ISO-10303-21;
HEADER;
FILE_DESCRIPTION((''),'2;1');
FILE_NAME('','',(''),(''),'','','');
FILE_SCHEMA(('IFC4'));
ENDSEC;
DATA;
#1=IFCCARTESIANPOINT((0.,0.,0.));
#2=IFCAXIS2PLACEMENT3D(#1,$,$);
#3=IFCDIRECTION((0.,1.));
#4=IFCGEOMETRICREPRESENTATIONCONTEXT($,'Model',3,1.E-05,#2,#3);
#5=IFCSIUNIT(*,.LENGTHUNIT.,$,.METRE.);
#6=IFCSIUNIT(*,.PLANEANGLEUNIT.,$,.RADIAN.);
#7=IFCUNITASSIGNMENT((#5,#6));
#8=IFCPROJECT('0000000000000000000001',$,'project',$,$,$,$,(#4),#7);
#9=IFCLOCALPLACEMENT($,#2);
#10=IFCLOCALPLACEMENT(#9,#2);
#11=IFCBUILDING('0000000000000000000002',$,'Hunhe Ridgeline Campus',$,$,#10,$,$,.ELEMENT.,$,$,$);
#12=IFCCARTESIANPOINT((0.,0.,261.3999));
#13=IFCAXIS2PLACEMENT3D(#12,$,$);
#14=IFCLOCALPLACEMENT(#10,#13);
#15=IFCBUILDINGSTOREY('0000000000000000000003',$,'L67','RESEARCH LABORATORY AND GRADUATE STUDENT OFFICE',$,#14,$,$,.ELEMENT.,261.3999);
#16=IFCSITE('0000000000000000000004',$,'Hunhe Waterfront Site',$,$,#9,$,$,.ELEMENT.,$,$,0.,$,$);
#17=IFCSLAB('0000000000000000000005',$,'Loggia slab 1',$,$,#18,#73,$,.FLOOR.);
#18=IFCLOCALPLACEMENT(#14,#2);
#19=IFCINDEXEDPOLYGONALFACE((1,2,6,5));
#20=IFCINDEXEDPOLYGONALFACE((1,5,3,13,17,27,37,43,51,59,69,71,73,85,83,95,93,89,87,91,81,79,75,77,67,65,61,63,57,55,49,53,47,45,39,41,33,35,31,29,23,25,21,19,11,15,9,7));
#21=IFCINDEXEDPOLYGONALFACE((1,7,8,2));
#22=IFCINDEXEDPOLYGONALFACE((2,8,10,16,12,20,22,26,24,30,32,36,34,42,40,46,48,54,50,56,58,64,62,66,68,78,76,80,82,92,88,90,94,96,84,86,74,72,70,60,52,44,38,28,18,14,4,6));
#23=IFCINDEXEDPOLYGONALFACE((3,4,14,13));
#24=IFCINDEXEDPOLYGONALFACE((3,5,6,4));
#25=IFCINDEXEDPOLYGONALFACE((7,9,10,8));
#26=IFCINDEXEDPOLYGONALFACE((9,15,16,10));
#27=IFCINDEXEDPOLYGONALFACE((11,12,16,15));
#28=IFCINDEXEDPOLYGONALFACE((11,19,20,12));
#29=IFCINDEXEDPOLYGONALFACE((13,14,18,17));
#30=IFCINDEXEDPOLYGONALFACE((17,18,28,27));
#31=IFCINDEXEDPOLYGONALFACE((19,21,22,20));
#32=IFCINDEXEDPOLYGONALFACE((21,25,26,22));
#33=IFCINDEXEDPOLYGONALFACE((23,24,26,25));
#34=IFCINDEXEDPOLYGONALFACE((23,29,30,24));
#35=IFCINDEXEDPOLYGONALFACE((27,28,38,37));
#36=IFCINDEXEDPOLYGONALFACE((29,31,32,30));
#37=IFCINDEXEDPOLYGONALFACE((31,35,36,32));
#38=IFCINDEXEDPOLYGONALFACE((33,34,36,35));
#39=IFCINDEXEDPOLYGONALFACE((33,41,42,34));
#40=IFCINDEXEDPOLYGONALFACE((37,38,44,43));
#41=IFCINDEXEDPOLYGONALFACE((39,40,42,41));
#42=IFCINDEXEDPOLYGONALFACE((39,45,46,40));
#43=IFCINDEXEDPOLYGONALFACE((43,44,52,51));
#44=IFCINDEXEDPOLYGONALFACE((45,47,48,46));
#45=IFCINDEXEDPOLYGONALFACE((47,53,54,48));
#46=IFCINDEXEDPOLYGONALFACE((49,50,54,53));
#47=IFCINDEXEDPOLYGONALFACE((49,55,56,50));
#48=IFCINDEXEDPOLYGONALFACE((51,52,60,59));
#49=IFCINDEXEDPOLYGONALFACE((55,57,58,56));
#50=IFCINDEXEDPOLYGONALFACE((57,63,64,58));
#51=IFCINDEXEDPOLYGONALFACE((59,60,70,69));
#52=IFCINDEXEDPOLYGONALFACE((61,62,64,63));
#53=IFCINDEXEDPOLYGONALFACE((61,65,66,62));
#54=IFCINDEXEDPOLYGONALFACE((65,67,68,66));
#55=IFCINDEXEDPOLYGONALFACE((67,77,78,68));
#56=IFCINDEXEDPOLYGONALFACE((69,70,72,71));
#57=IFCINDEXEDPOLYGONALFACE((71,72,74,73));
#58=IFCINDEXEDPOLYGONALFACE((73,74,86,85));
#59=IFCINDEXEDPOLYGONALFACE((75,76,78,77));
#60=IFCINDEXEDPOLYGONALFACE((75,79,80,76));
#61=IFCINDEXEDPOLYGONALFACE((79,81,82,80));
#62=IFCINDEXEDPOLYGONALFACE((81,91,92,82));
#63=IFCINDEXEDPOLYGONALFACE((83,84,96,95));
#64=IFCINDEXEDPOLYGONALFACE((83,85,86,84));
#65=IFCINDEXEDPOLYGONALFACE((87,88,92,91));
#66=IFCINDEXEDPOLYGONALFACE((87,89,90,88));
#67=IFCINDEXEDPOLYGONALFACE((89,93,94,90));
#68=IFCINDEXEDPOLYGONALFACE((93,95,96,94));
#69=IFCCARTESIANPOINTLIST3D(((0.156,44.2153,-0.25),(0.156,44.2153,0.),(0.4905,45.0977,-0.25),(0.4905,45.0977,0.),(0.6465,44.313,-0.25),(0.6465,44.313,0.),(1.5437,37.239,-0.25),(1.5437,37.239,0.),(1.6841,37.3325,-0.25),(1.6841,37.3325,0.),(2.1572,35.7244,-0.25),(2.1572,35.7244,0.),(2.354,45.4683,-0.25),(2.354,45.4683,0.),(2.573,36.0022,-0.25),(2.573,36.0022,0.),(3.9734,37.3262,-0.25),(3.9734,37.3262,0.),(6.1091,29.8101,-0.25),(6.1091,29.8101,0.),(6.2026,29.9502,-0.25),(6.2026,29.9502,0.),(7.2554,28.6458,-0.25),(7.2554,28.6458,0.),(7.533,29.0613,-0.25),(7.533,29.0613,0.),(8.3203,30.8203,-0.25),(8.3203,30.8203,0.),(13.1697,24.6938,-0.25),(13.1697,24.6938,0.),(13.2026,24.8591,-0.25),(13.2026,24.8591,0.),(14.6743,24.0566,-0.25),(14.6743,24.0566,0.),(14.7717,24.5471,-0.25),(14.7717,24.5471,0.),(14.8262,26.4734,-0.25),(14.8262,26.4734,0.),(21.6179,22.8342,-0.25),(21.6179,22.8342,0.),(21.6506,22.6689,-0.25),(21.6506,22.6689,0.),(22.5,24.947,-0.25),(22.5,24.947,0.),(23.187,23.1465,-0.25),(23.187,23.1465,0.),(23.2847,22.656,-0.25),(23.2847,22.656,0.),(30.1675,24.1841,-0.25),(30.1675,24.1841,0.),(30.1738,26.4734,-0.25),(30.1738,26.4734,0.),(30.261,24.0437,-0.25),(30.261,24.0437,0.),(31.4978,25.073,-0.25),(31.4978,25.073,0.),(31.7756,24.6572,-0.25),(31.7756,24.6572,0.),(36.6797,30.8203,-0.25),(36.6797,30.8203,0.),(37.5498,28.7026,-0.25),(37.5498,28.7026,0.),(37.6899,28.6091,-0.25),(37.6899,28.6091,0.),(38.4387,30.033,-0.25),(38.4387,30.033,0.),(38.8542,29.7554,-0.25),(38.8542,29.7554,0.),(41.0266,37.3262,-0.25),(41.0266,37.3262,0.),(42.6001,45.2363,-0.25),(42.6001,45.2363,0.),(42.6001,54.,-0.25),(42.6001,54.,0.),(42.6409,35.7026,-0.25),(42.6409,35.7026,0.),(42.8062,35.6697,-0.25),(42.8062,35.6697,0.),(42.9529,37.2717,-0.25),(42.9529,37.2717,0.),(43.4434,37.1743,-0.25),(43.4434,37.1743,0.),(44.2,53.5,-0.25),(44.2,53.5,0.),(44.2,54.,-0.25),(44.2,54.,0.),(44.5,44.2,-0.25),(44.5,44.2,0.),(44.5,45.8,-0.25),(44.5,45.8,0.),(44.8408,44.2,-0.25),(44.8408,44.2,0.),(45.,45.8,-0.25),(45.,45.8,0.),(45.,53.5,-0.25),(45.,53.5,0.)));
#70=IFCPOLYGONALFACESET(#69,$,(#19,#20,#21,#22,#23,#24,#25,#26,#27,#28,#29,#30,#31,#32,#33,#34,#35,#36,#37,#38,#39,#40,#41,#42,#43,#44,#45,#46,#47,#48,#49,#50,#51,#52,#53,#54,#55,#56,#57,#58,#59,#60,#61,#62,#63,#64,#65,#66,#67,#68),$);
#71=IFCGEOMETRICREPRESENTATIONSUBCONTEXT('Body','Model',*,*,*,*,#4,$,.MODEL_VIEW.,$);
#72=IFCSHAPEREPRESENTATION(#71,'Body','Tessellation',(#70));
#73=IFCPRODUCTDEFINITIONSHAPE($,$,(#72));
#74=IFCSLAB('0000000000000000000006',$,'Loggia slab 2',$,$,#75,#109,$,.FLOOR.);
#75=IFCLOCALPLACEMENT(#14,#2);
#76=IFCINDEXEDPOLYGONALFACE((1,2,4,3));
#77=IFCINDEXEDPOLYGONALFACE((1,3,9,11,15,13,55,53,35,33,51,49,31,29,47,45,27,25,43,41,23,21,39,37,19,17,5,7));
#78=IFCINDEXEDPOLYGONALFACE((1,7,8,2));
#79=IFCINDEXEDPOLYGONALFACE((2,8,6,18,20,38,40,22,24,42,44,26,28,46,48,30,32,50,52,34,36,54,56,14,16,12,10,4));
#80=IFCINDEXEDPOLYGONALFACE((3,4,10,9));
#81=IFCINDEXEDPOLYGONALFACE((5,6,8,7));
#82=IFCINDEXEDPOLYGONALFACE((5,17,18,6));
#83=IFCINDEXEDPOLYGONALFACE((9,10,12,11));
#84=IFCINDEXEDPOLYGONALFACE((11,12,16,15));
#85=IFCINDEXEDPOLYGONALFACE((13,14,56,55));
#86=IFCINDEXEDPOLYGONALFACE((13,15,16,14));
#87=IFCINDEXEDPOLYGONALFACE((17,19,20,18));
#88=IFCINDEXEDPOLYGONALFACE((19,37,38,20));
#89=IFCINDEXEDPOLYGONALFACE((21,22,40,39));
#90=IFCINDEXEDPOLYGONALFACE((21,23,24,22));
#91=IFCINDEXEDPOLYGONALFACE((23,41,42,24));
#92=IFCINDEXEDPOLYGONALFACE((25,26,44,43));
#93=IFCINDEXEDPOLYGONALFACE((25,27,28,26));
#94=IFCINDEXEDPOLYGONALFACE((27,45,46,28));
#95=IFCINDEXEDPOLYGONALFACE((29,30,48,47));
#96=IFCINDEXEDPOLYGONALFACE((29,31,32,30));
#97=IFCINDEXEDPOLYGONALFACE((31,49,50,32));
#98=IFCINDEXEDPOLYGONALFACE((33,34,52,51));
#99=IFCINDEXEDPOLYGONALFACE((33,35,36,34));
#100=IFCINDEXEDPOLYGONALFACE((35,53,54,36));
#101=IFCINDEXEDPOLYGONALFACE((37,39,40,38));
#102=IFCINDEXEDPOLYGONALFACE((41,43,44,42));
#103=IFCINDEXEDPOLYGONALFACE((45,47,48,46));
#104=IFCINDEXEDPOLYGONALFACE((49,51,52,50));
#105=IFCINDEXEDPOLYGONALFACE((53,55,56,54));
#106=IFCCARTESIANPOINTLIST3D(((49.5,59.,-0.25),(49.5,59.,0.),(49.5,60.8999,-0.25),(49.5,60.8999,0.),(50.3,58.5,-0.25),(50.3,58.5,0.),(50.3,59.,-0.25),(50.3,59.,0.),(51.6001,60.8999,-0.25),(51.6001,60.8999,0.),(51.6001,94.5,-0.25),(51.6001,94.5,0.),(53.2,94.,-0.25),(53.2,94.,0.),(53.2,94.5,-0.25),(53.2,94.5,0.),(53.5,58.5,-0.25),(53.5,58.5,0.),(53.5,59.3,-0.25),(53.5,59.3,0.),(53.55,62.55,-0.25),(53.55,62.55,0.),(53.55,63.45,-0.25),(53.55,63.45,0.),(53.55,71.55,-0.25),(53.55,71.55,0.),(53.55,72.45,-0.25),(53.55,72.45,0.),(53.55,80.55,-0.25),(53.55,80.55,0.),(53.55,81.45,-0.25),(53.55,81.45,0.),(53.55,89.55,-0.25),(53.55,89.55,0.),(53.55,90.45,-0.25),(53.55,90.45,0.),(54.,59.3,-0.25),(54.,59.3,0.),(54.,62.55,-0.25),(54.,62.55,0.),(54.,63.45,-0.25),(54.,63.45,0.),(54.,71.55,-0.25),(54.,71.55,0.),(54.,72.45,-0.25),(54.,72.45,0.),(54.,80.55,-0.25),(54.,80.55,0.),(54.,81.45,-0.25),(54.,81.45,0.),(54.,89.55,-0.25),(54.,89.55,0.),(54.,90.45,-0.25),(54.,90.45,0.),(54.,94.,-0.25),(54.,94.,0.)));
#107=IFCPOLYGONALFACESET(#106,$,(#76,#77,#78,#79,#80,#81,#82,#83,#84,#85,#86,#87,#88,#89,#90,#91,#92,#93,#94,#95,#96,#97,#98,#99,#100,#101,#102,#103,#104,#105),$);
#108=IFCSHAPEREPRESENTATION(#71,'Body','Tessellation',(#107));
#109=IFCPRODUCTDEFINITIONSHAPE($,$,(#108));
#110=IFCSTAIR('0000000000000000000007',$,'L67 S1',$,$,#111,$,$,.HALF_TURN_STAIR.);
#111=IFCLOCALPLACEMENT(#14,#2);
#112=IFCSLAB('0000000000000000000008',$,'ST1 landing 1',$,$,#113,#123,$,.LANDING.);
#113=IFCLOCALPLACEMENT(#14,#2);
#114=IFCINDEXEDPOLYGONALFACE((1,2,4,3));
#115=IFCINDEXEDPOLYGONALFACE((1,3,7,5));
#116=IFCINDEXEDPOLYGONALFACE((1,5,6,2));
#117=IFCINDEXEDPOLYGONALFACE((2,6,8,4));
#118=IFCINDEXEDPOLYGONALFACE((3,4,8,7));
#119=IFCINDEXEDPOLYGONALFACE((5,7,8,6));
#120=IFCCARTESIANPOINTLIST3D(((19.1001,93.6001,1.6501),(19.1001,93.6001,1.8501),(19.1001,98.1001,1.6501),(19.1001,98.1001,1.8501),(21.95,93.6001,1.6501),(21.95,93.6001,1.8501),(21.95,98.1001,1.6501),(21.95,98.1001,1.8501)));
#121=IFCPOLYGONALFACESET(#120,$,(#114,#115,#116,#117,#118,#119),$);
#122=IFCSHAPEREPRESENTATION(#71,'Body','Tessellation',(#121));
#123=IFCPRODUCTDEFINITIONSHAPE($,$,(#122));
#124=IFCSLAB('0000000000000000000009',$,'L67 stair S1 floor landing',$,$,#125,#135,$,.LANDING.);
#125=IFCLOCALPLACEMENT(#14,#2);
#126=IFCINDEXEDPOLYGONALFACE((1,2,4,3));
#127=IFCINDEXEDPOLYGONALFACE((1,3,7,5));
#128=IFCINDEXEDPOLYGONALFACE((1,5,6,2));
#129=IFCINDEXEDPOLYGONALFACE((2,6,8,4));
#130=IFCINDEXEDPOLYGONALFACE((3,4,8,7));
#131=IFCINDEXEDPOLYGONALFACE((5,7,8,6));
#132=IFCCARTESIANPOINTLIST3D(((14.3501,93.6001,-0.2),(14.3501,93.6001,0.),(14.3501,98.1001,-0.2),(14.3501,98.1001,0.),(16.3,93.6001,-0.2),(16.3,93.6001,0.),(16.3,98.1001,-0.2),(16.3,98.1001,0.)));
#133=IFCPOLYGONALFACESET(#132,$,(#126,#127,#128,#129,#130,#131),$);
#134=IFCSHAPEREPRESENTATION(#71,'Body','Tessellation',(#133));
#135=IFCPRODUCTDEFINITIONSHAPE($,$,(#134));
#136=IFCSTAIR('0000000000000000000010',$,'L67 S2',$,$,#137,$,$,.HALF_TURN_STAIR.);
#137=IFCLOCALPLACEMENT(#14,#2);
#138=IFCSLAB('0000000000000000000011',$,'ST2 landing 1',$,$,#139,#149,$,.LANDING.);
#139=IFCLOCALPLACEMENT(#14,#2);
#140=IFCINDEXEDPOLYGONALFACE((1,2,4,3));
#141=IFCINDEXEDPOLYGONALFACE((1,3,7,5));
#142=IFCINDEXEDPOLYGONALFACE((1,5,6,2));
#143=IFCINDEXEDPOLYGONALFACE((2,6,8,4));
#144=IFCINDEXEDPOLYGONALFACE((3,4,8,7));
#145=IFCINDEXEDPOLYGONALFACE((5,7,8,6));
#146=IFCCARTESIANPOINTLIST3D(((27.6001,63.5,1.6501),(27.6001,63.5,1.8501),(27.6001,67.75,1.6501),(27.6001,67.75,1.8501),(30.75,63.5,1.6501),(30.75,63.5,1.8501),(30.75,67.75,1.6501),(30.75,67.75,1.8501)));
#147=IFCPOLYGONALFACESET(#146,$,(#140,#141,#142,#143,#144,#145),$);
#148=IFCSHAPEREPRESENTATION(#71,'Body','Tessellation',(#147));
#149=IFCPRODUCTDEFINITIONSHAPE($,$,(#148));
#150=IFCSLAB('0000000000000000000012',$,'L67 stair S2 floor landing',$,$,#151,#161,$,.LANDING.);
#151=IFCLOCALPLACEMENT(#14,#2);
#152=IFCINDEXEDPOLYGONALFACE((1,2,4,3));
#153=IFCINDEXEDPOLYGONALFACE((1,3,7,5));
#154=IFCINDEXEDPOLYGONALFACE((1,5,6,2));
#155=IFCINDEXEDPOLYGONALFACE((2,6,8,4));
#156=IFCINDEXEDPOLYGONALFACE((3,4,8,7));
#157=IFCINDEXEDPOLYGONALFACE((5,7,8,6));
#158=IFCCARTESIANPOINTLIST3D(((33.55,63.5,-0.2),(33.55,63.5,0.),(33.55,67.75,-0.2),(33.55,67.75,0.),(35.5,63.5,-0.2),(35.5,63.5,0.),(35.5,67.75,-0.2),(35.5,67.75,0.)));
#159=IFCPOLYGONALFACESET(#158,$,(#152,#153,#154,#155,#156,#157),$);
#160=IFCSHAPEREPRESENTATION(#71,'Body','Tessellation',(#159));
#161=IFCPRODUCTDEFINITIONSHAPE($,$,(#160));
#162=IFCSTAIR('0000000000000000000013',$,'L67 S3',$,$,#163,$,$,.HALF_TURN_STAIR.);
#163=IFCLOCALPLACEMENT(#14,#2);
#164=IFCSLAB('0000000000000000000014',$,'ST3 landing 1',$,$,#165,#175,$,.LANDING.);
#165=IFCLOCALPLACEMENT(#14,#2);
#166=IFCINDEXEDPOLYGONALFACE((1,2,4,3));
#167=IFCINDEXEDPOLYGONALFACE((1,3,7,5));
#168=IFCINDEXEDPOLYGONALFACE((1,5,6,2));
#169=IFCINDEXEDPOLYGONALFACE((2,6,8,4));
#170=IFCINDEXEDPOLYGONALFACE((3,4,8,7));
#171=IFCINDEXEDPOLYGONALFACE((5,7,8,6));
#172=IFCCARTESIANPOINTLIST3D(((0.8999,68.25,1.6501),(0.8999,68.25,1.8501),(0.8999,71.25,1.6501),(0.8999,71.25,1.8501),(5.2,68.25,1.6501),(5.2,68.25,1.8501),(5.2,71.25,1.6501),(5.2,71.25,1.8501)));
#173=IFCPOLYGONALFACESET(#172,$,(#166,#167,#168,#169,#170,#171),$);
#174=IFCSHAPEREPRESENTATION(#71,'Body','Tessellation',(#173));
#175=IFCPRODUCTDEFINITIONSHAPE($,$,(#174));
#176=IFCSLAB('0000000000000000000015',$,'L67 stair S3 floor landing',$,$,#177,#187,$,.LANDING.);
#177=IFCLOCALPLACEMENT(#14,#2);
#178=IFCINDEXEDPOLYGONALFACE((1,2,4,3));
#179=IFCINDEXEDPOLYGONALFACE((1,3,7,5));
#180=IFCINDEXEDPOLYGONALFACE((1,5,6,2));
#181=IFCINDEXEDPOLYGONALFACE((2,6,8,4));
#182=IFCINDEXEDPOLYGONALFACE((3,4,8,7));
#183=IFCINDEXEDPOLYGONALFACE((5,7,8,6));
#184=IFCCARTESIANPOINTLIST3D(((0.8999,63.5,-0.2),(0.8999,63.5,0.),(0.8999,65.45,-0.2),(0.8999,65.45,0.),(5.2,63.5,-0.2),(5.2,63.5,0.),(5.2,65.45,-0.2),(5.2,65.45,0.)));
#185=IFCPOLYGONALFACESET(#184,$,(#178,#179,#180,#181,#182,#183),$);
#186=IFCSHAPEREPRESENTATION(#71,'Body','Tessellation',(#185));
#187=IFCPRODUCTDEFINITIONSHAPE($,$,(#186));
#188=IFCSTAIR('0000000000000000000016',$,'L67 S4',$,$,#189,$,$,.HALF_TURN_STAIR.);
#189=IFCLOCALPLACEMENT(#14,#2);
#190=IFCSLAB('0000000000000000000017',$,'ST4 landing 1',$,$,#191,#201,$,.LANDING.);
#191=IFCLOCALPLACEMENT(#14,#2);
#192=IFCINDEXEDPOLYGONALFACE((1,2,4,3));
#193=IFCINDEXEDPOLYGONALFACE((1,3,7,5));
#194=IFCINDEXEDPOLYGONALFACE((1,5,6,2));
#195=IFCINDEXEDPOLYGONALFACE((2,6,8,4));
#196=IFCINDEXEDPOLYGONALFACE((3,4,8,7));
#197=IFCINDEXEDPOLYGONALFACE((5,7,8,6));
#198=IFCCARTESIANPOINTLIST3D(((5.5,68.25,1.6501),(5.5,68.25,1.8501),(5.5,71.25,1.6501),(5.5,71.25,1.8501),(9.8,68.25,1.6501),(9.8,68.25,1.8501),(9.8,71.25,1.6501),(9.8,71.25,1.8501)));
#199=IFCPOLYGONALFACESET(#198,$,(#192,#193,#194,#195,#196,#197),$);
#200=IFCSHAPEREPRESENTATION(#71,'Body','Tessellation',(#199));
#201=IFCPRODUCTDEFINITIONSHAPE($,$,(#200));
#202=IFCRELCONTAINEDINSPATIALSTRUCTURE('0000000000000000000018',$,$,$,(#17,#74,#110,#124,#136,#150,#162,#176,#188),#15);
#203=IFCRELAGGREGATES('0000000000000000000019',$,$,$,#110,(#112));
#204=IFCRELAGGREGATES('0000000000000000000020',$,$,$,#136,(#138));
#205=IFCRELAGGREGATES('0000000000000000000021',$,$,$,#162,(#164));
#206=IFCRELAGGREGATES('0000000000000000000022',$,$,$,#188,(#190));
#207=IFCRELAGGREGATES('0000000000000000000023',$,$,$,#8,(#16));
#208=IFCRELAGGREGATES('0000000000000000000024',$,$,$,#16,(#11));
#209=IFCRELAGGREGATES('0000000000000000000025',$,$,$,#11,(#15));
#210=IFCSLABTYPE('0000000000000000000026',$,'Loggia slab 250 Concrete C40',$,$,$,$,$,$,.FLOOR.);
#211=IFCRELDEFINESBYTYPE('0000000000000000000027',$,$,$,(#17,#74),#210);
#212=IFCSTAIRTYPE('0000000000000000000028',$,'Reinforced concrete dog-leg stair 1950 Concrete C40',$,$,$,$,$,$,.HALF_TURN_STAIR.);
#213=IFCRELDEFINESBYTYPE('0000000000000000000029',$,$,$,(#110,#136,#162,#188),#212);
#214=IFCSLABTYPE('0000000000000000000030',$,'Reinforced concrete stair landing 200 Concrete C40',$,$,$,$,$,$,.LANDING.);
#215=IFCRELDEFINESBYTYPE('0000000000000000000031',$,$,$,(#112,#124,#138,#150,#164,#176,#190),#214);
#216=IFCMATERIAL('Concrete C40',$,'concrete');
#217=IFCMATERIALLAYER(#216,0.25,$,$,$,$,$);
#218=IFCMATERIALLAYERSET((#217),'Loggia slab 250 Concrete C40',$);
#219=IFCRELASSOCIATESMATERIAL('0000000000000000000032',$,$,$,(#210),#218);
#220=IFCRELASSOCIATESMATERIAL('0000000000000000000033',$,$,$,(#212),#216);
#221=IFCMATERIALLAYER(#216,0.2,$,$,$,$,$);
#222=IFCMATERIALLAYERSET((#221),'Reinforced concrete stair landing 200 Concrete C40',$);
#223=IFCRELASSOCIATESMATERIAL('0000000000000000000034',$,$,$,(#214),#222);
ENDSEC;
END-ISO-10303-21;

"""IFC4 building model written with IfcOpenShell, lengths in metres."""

from ifc_helpers import new_model, si_unit, direction, frame, origin, place, context, subcontext, project, spatial, polyline, outline, extrude, material, layer, layer_set, type_object, element, aggregate, save


model = new_model("IFC4")

# Units and contexts
model_context = context("Model", 3, precision=1e-05, world=origin(), true_north=direction((0.0, 1.0)))
body_context = subcontext(model_context, "Body", "Model", "MODEL_VIEW")
ifc_project = project(units=[si_unit("LENGTHUNIT", "METRE"), si_unit("PLANEANGLEUNIT", "RADIAN")], contexts=[model_context])

# Site, building, storey
site_placement = place(None, origin())
site = spatial("IfcSite", under=ifc_project, at=site_placement, Name="Hunhe Waterfront Site", CompositionType="ELEMENT", RefElevation=0.0)
building_placement = place(site_placement, origin())
building = spatial("IfcBuilding", under=site, at=building_placement, Name="Hunhe Ridgeline Campus", CompositionType="ELEMENT")
storey_placement = place(building_placement, frame((0.0, 0.0, 261.3999)))
storey = spatial("IfcBuildingStorey", under=building, at=storey_placement, Name="L67", Description="RESEARCH LABORATORY AND GRADUATE STUDENT OFFICE", CompositionType="ELEMENT", Elevation=261.3999)

# Slabs
ifc_material_1 = material(Name="Concrete C40", Category="concrete")
ifc_layer_1 = layer(ifc_material_1, 0.25)
ifc_layer_set_1 = layer_set([ifc_layer_1], Name="Loggia slab 250 Concrete C40")
slab_type_1 = type_object("IfcSlabType", Name="Loggia slab 250 Concrete C40", PredefinedType="FLOOR", material=ifc_layer_set_1)
slab_1_placement = place(storey_placement, frame((0.0, 0.0, -0.25)))
element("IfcSlab", 1, at=slab_1_placement, inside=storey, type_object=slab_type_1, Name="Loggia slab 1", PredefinedType="FLOOR", context=body_context, shape_type="SweptSolid", body=[
    extrude(outline(polyline([(30.1738, 26.4734), (22.5, 24.947), (14.8262, 26.4734), (8.3203, 30.8203), (3.9734, 37.3262), (2.354, 45.4683), (0.4905, 45.0977), (0.6465, 44.313), (0.156, 44.2153), (1.5437, 37.239), (1.6841, 37.3325), (2.573, 36.0022), (2.1572, 35.7244), (6.1091, 29.8101), (6.2026, 29.9502), (7.533, 29.0613), (7.2554, 28.6458), (13.1697, 24.6938), (13.2026, 24.8591), (14.7717, 24.5471), (14.6743, 24.0566), (21.6506, 22.6689), (21.6179, 22.8342), (23.187, 23.1465), (23.2847, 22.656), (30.261, 24.0437), (30.1675, 24.1841), (31.4978, 25.073), (31.7756, 24.6572), (37.6899, 28.6091), (37.5498, 28.7026), (38.4387, 30.033), (38.8542, 29.7554), (42.8062, 35.6697), (42.6409, 35.7026), (42.9529, 37.2717), (43.4434, 37.1743), (44.8408, 44.2), (44.5, 44.2), (44.5, 45.8), (45.0, 45.8), (45.0, 53.5), (44.2, 53.5), (44.2, 54.0), (42.6001, 54.0), (42.6001, 45.2363), (41.0266, 37.3262), (36.6797, 30.8203), (30.1738, 26.4734)])), origin(), (0.0, 0.0, 1.0), 0.25),
])
slab_2_placement = place(storey_placement, frame((0.0, 0.0, -0.25)))
element("IfcSlab", 2, at=slab_2_placement, inside=storey, type_object=slab_type_1, Name="Loggia slab 2", PredefinedType="FLOOR", context=body_context, shape_type="SweptSolid", body=[
    extrude(outline(polyline([(49.5, 59.0), (50.3, 59.0), (50.3, 58.5), (53.5, 58.5), (53.5, 59.3), (54.0, 59.3), (54.0, 62.55), (53.55, 62.55), (53.55, 63.45), (54.0, 63.45), (54.0, 71.55), (53.55, 71.55), (53.55, 72.45), (54.0, 72.45), (54.0, 80.55), (53.55, 80.55), (53.55, 81.45), (54.0, 81.45), (54.0, 89.55), (53.55, 89.55), (53.55, 90.45), (54.0, 90.45), (54.0, 94.0), (53.2, 94.0), (53.2, 94.5), (51.6001, 94.5), (51.6001, 60.8999), (49.5, 60.8999), (49.5, 59.0)])), origin(), (0.0, 0.0, 1.0), 0.25),
])

# Stair, slab
stair_type = type_object("IfcStairType", Name="Reinforced concrete dog-leg stair 1950 Concrete C40", PredefinedType="HALF_TURN_STAIR", material=ifc_material_1)
stair_1_placement = place(storey_placement, origin())
stair_1 = element("IfcStair", 3, at=stair_1_placement, inside=storey, type_object=stair_type, Name="L67 S1", PredefinedType="HALF_TURN_STAIR")
ifc_layer_2 = layer(ifc_material_1, 0.2)
ifc_layer_set_2 = layer_set([ifc_layer_2], Name="Reinforced concrete stair landing 200 Concrete C40")
slab_type_2 = type_object("IfcSlabType", Name="Reinforced concrete stair landing 200 Concrete C40", PredefinedType="LANDING", material=ifc_layer_set_2)
slab_3_placement = place(storey_placement, frame((0.0, 0.0, 1.6501)))
slab_3 = element("IfcSlab", 4, at=slab_3_placement, type_object=slab_type_2, Name="ST1 landing 1", PredefinedType="LANDING", context=body_context, shape_type="SweptSolid", body=[
    extrude(outline(polyline([(19.1001, 93.6001), (21.95, 93.6001), (21.95, 98.1001), (19.1001, 98.1001), (19.1001, 93.6001)])), origin(), (0.0, 0.0, 1.0), 0.2),
])
aggregate(stair_1, [slab_3])

# Slab
slab_4_placement = place(storey_placement, frame((0.0, 0.0, -0.2)))
element("IfcSlab", 5, at=slab_4_placement, inside=storey, type_object=slab_type_2, Name="L67 stair S1 floor landing", PredefinedType="LANDING", context=body_context, shape_type="SweptSolid", body=[
    extrude(outline(polyline([(14.3501, 93.6001), (16.3, 93.6001), (16.3, 98.1001), (14.3501, 98.1001), (14.3501, 93.6001)])), origin(), (0.0, 0.0, 1.0), 0.2),
])

# Stair, slab
stair_2_placement = place(storey_placement, origin())
stair_2 = element("IfcStair", 6, at=stair_2_placement, inside=storey, type_object=stair_type, Name="L67 S2", PredefinedType="HALF_TURN_STAIR")
slab_5_placement = place(storey_placement, frame((0.0, 0.0, 1.6501)))
slab_5 = element("IfcSlab", 7, at=slab_5_placement, type_object=slab_type_2, Name="ST2 landing 1", PredefinedType="LANDING", context=body_context, shape_type="SweptSolid", body=[
    extrude(outline(polyline([(30.75, 67.75), (27.6001, 67.75), (27.6001, 63.5), (30.75, 63.5), (30.75, 67.75)])), origin(), (0.0, 0.0, 1.0), 0.2),
])
aggregate(stair_2, [slab_5])

# Slab
slab_6_placement = place(storey_placement, frame((0.0, 0.0, -0.2)))
element("IfcSlab", 8, at=slab_6_placement, inside=storey, type_object=slab_type_2, Name="L67 stair S2 floor landing", PredefinedType="LANDING", context=body_context, shape_type="SweptSolid", body=[
    extrude(outline(polyline([(35.5, 67.75), (33.55, 67.75), (33.55, 63.5), (35.5, 63.5), (35.5, 67.75)])), origin(), (0.0, 0.0, 1.0), 0.2),
])

# Stair, slab
stair_3_placement = place(storey_placement, origin())
stair_3 = element("IfcStair", 9, at=stair_3_placement, inside=storey, type_object=stair_type, Name="L67 S3", PredefinedType="HALF_TURN_STAIR")
slab_7_placement = place(storey_placement, frame((0.0, 0.0, 1.6501)))
slab_7 = element("IfcSlab", 10, at=slab_7_placement, type_object=slab_type_2, Name="ST3 landing 1", PredefinedType="LANDING", context=body_context, shape_type="SweptSolid", body=[
    extrude(outline(polyline([(5.2, 68.25), (5.2, 71.25), (0.8999, 71.25), (0.8999, 68.25), (5.2, 68.25)])), origin(), (0.0, 0.0, 1.0), 0.2),
])
aggregate(stair_3, [slab_7])

# Slab
slab_8_placement = place(storey_placement, frame((0.0, 0.0, -0.2)))
element("IfcSlab", 11, at=slab_8_placement, inside=storey, type_object=slab_type_2, Name="L67 stair S3 floor landing", PredefinedType="LANDING", context=body_context, shape_type="SweptSolid", body=[
    extrude(outline(polyline([(5.2, 63.5), (5.2, 65.45), (0.8999, 65.45), (0.8999, 63.5), (5.2, 63.5)])), origin(), (0.0, 0.0, 1.0), 0.2),
])

# Stair, slab
stair_4_placement = place(storey_placement, origin())
stair_4 = element("IfcStair", 12, at=stair_4_placement, inside=storey, type_object=stair_type, Name="L67 S4", PredefinedType="HALF_TURN_STAIR")
slab_9_placement = place(storey_placement, frame((0.0, 0.0, 1.6501)))
slab_9 = element("IfcSlab", 13, at=slab_9_placement, type_object=slab_type_2, Name="ST4 landing 1", PredefinedType="LANDING", context=body_context, shape_type="SweptSolid", body=[
    extrude(outline(polyline([(9.8, 68.25), (9.8, 71.25), (5.5, 71.25), (5.5, 68.25), (9.8, 68.25)])), origin(), (0.0, 0.0, 1.0), 0.2),
])
aggregate(stair_4, [slab_9])

save(model, "model.ifc")
